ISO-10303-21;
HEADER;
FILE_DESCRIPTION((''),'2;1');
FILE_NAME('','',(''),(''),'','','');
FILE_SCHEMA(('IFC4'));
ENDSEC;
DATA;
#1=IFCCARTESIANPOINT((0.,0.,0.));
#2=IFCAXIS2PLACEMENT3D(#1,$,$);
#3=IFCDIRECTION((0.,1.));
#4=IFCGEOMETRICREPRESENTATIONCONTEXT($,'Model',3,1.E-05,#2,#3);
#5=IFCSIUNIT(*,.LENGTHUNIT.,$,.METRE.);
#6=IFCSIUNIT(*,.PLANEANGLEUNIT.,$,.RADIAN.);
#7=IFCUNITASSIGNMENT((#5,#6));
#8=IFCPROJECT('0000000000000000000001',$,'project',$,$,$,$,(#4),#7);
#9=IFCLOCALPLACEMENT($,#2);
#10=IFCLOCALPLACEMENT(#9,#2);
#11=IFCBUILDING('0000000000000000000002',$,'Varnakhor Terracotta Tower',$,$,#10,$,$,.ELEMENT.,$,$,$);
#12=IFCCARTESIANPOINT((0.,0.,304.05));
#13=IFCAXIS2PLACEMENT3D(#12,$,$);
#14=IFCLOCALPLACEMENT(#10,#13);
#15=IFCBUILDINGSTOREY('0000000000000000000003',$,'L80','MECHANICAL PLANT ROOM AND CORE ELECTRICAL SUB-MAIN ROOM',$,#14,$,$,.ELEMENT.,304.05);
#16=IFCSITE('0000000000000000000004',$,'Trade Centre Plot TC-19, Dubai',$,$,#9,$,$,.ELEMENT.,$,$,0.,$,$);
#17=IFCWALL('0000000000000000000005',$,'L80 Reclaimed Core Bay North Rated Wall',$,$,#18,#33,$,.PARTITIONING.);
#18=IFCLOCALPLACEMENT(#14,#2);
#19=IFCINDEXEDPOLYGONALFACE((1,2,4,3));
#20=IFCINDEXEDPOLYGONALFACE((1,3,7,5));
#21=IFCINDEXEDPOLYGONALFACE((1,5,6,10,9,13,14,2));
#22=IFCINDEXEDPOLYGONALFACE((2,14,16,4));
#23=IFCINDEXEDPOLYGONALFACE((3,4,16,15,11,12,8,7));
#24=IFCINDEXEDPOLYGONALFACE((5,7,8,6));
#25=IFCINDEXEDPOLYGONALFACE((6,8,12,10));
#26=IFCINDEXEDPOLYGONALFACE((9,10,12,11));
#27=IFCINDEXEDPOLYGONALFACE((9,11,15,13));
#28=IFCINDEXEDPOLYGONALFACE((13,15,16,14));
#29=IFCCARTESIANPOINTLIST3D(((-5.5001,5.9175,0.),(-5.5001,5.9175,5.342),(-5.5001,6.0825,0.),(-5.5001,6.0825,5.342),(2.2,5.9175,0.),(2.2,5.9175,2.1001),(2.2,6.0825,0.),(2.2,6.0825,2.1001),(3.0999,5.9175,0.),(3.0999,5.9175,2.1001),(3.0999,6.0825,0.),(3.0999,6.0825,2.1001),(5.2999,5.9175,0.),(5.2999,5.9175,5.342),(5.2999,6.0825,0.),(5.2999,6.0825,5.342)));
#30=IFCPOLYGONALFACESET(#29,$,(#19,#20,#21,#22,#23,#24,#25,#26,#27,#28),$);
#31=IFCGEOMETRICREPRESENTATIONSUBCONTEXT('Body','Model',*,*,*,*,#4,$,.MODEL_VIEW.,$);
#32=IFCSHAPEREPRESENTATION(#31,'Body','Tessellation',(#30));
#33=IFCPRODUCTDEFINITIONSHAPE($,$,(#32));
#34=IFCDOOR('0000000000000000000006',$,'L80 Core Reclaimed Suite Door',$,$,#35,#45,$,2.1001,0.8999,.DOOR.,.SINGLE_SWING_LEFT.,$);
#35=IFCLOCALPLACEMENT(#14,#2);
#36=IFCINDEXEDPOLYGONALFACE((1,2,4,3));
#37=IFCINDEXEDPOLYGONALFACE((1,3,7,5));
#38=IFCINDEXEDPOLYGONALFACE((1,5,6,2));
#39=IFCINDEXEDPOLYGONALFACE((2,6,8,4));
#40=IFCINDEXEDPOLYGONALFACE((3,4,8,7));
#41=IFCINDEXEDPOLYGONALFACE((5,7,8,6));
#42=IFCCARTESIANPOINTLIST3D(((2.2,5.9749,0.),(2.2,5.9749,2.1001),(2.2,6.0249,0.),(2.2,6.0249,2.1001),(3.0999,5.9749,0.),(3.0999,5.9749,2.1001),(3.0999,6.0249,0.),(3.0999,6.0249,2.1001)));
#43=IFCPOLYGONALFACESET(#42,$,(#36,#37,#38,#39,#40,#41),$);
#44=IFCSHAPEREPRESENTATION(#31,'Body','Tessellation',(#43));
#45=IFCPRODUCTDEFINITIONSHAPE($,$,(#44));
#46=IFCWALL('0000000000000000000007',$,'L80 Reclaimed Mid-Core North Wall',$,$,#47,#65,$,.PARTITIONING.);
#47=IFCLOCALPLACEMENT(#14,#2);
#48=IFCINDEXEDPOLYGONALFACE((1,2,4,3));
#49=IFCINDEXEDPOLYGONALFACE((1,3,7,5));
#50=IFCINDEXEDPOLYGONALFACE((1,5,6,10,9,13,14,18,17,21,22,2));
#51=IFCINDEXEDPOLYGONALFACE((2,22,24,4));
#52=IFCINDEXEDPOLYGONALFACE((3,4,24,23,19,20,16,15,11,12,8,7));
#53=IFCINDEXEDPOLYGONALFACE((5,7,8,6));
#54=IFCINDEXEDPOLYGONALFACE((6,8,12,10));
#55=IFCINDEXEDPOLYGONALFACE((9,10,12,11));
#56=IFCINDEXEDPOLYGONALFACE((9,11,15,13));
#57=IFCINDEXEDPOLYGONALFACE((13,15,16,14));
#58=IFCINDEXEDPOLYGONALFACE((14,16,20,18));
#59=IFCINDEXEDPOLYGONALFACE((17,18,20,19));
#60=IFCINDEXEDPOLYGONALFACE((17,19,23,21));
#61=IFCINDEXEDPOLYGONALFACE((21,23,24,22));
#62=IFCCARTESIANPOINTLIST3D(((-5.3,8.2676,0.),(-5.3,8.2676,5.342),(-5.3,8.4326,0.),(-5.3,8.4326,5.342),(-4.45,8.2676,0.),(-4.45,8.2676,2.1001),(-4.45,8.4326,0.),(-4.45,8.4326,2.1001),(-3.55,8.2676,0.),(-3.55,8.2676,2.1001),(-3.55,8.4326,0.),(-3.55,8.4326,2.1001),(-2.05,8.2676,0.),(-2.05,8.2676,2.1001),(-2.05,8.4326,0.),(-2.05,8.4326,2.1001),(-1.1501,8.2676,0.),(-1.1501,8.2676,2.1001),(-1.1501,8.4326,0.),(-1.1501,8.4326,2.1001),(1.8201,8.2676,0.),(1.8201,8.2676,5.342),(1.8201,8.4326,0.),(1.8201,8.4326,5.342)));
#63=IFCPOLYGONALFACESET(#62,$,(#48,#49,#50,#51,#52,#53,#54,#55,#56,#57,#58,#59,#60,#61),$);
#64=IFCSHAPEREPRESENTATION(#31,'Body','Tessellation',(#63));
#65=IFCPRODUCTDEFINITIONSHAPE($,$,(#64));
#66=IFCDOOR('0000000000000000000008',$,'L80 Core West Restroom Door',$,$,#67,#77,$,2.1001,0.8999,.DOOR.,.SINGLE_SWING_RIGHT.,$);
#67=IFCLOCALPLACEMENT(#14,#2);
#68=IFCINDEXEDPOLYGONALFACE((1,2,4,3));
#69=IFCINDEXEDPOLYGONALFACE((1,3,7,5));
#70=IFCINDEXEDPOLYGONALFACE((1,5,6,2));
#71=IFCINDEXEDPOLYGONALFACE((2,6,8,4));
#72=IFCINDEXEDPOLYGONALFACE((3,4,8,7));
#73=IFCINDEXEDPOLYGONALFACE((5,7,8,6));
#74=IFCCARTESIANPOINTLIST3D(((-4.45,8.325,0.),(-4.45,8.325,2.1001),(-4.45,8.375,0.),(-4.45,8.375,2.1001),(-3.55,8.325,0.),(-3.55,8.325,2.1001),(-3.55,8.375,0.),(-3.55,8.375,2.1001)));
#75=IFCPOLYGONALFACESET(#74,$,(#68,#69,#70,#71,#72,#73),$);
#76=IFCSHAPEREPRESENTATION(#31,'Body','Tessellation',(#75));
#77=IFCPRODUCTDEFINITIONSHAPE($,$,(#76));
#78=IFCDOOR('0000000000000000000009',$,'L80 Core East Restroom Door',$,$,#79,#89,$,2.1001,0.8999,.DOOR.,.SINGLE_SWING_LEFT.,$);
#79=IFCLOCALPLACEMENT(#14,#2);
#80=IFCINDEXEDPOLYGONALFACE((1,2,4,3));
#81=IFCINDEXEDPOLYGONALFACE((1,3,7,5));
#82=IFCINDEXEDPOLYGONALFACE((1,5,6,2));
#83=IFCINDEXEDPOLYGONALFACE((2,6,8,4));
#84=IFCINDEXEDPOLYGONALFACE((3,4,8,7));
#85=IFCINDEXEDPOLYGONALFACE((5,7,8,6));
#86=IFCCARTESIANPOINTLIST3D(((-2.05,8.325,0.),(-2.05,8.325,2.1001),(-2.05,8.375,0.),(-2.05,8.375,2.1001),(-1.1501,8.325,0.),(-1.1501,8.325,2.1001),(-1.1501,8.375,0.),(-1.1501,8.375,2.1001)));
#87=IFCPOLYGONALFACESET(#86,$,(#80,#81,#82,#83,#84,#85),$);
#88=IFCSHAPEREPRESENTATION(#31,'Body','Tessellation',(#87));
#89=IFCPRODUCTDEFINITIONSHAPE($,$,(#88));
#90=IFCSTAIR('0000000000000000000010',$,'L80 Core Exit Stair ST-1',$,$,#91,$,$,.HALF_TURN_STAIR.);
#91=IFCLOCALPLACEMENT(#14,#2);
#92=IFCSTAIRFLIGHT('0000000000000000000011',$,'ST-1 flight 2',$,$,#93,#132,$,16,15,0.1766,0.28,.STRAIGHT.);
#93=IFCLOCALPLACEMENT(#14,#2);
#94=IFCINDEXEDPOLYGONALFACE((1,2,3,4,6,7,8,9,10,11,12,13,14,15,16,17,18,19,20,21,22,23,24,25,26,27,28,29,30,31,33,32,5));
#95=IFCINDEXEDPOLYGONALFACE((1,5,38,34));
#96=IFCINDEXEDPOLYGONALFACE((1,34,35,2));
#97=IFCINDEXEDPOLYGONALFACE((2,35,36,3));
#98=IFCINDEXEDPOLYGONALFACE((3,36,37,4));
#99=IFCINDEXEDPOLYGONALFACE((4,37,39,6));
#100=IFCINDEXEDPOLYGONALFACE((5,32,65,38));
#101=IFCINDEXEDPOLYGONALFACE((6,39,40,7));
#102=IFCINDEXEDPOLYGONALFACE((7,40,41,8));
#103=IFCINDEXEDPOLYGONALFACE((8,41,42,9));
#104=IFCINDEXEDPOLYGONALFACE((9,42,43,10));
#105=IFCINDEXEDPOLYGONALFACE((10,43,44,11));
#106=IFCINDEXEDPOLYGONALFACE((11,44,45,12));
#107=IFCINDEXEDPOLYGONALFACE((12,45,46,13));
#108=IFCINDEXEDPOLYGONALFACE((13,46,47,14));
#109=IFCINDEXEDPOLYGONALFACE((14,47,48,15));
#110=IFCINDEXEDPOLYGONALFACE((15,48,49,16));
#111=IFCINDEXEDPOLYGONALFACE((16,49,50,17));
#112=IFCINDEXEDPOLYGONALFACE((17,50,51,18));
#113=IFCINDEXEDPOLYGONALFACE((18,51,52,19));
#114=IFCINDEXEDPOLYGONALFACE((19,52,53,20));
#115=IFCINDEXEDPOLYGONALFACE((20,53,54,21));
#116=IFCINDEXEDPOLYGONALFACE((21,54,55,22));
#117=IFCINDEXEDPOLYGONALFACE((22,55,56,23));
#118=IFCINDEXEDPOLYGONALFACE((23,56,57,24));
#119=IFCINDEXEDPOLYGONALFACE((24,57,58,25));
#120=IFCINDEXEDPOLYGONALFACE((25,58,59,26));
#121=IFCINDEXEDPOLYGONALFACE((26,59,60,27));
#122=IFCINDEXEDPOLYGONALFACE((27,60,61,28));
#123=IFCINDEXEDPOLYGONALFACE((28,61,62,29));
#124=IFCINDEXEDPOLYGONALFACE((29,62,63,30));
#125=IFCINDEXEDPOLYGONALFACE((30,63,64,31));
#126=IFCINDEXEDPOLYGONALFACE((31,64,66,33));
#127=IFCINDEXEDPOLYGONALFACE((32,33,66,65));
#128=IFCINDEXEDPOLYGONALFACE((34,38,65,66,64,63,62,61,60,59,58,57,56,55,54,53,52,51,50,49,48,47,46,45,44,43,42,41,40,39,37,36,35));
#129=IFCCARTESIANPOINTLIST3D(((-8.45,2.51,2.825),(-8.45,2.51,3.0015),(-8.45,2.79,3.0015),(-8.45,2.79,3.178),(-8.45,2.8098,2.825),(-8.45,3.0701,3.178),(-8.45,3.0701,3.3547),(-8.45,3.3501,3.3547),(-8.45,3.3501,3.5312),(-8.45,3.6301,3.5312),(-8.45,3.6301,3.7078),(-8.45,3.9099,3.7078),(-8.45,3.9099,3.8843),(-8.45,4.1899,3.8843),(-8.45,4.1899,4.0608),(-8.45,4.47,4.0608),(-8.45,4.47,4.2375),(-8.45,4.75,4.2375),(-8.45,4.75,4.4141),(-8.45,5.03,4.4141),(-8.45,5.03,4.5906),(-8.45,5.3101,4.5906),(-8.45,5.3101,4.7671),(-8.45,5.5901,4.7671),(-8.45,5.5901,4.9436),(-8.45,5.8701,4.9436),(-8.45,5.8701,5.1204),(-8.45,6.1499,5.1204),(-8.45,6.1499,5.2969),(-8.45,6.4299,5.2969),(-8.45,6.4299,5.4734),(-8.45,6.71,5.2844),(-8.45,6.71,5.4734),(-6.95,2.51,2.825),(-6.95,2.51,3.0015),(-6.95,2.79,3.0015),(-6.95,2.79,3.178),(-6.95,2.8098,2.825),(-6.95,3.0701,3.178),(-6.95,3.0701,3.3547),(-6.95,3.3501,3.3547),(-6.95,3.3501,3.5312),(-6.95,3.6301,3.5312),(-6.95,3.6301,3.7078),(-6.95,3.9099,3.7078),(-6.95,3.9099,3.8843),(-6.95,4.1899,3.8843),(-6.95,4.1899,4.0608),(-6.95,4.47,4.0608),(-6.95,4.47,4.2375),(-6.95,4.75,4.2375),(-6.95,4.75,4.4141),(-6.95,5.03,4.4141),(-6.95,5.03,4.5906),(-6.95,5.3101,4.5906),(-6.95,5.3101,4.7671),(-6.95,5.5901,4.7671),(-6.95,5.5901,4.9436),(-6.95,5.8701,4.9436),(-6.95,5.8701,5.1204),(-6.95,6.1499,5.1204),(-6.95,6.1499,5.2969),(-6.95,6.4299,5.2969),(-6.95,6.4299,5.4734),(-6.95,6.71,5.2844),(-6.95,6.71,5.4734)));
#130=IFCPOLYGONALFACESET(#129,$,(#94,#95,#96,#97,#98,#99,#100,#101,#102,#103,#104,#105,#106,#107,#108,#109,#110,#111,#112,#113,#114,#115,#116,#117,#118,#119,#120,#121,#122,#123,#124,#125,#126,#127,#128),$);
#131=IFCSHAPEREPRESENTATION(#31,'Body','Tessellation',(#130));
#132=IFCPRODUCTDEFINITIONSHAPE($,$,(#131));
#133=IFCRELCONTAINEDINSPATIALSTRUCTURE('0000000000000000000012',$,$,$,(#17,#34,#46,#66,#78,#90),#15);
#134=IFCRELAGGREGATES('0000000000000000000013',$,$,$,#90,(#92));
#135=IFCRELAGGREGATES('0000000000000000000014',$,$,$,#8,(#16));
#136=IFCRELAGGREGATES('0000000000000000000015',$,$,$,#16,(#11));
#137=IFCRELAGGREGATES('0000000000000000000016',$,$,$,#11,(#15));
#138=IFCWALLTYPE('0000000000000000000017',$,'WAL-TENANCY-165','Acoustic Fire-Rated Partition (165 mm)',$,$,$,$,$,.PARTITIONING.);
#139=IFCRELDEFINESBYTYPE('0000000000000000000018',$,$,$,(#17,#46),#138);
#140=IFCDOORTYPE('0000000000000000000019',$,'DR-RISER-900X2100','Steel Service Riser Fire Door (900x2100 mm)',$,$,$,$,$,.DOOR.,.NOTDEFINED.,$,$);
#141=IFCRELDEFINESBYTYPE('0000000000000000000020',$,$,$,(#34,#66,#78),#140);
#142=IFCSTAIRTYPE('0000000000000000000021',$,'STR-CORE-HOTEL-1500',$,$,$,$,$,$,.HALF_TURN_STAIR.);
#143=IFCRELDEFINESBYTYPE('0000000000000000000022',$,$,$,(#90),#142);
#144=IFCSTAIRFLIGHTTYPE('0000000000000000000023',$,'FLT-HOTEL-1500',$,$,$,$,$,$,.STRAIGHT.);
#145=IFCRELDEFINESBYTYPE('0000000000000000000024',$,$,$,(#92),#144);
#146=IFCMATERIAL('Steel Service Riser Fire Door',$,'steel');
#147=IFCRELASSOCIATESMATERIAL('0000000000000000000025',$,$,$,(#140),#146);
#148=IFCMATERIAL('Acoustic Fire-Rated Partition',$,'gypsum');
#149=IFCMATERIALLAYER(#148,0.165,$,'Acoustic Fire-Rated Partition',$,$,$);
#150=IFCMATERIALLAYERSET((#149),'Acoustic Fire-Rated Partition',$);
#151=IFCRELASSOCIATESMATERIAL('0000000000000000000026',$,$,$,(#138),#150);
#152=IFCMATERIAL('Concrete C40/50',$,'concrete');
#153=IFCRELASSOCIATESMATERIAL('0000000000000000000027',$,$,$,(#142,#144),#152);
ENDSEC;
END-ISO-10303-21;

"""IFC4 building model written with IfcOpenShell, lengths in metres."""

from ifc_helpers import new_model, si_unit, direction, frame, frame_2d, origin, place, context, subcontext, project, spatial, polyline, rectangle, outline, extrude, source, transform, mapped, material, layer, layer_set, type_object, type_shapes, element, fill, aggregate, save


model = new_model("IFC4")

# Units and contexts
model_context = context("Model", 3, precision=1e-05, world=origin(), true_north=direction((0.0, 1.0)))
body_context = subcontext(model_context, "Body", "Model", "MODEL_VIEW")
ifc_project = project(units=[si_unit("LENGTHUNIT", "METRE"), si_unit("PLANEANGLEUNIT", "RADIAN")], contexts=[model_context])

# Site, building, storey
site_placement = place(None, origin())
site = spatial("IfcSite", under=ifc_project, at=site_placement, Name="Trade Centre Plot TC-19, Dubai", CompositionType="ELEMENT", RefElevation=0.0)
building_placement = place(site_placement, origin())
building = spatial("IfcBuilding", under=site, at=building_placement, Name="Varnakhor Terracotta Tower", CompositionType="ELEMENT")
storey_placement = place(building_placement, frame((0.0, 0.0, 304.05)))
storey = spatial("IfcBuildingStorey", under=building, at=storey_placement, Name="L80", Description="MECHANICAL PLANT ROOM AND CORE ELECTRICAL SUB-MAIN ROOM", CompositionType="ELEMENT", Elevation=304.05)

# Shared definitions
ifc_material_1 = material(Name="Concrete C40/50", Category="concrete")

# Shared definitions
ifc_material_2 = material(Name="Acoustic Fire-Rated Partition", Category="gypsum")

# Wall, opening, door
ifc_material_3 = material(Name="Steel Service Riser Fire Door", Category="steel")
door_type_1 = type_object("IfcDoorType", Name="DR-RISER-900X2100", Description="Steel Service Riser Fire Door (900x2100 mm)", OperationType="NOTDEFINED", PredefinedType="DOOR", material=ifc_material_3)
shared_shape_1 = source(origin(), body_context, "Body", "SweptSolid", [
    extrude(rectangle(XDim=0.8999, YDim=2.1001, at=frame_2d((0.45, 1.05))), frame((0.0, 0.0249, 0.0), z_axis=(0.0, -1.0, 0.0), x_axis=(1.0, 0.0, 0.0)), (0.0, 0.0, 1.0), 0.05),
])
type_shapes(door_type_1, [shared_shape_1])
ifc_layer_1 = layer(ifc_material_2, 0.165, Name="Acoustic Fire-Rated Partition")
ifc_layer_set_1 = layer_set([ifc_layer_1], Name="Acoustic Fire-Rated Partition")
wall_type_1 = type_object("IfcWallType", Name="WAL-TENANCY-165", Description="Acoustic Fire-Rated Partition (165 mm)", PredefinedType="PARTITIONING", material=ifc_layer_set_1)
wall_1_placement = place(storey_placement, frame((-5.5, 6.0, 0.0), z_axis=(0.0, 0.0, 1.0), x_axis=(1.0, 0.0, 0.0)))
wall_1 = element("IfcWall", 1, at=wall_1_placement, inside=storey, type_object=wall_type_1, Name="L80 Reclaimed Core Bay North Rated Wall", PredefinedType="PARTITIONING", context=body_context, shape_type="SweptSolid", body=[
    extrude(rectangle(XDim=10.8, YDim=0.165, at=frame_2d((5.3999, 0.0))), origin(), (0.0, 0.0, 1.0), 5.342),
])
opening_1_placement = place(wall_1_placement, frame((7.7, 0.0, 0.0)))
opening_1 = element("IfcOpeningElement", 2, at=opening_1_placement, cuts=wall_1, PredefinedType="OPENING", context=body_context, shape_type="SweptSolid", body=[
    extrude(rectangle(XDim=0.8999, YDim=2.1001, at=frame_2d((0.45, 1.05))), frame((0.0, 0.0925, 0.0), z_axis=(0.0, -1.0, 0.0), x_axis=(1.0, 0.0, 0.0)), (0.0, 0.0, 1.0), 0.1851),
])
door_1_placement = place(opening_1_placement, origin())
door_1 = element("IfcDoor", 3, at=door_1_placement, inside=storey, type_object=door_type_1, Name="L80 Core Reclaimed Suite Door", OperationType="SINGLE_SWING_LEFT", OverallHeight=2.1001, OverallWidth=0.8999, PredefinedType="DOOR", context=body_context, shape_type="MappedRepresentation", body=[
    mapped(shared_shape_1, transform((0.0, 0.0, 0.0), scale=1.0)),
])
fill(opening_1, door_1)

# Wall, openings, doors
wall_2_placement = place(storey_placement, frame((-5.3, 8.3501, 0.0), z_axis=(0.0, 0.0, 1.0), x_axis=(1.0, 0.0, 0.0)))
wall_2 = element("IfcWall", 4, at=wall_2_placement, inside=storey, type_object=wall_type_1, Name="L80 Reclaimed Mid-Core North Wall", PredefinedType="PARTITIONING", context=body_context, shape_type="SweptSolid", body=[
    extrude(rectangle(XDim=7.1201, YDim=0.165, at=frame_2d((3.5601, 0.0))), origin(), (0.0, 0.0, 1.0), 5.342),
])
opening_2_placement = place(wall_2_placement, frame((0.8501, 0.0, 0.0)))
opening_2 = element("IfcOpeningElement", 5, at=opening_2_placement, cuts=wall_2, PredefinedType="OPENING", context=body_context, shape_type="SweptSolid", body=[
    extrude(rectangle(XDim=0.8999, YDim=2.1001, at=frame_2d((0.45, 1.05))), frame((0.0, 0.0925, 0.0), z_axis=(0.0, -1.0, 0.0), x_axis=(1.0, 0.0, 0.0)), (0.0, 0.0, 1.0), 0.1851),
])
opening_3_placement = place(wall_2_placement, frame((3.25, 0.0, 0.0)))
opening_3 = element("IfcOpeningElement", 6, at=opening_3_placement, cuts=wall_2, PredefinedType="OPENING", context=body_context, shape_type="SweptSolid", body=[
    extrude(rectangle(XDim=0.8999, YDim=2.1001, at=frame_2d((0.45, 1.05))), frame((0.0, 0.0925, 0.0), z_axis=(0.0, -1.0, 0.0), x_axis=(1.0, 0.0, 0.0)), (0.0, 0.0, 1.0), 0.1851),
])
door_2_placement = place(opening_2_placement, origin())
door_2 = element("IfcDoor", 7, at=door_2_placement, inside=storey, type_object=door_type_1, Name="L80 Core West Restroom Door", OperationType="SINGLE_SWING_RIGHT", OverallHeight=2.1001, OverallWidth=0.8999, PredefinedType="DOOR", context=body_context, shape_type="MappedRepresentation", body=[
    mapped(shared_shape_1, transform((0.0, 0.0, 0.0), scale=1.0)),
])
fill(opening_2, door_2)
door_3_placement = place(opening_3_placement, origin())
door_3 = element("IfcDoor", 8, at=door_3_placement, inside=storey, type_object=door_type_1, Name="L80 Core East Restroom Door", OperationType="SINGLE_SWING_LEFT", OverallHeight=2.1001, OverallWidth=0.8999, PredefinedType="DOOR", context=body_context, shape_type="MappedRepresentation", body=[
    mapped(shared_shape_1, transform((0.0, 0.0, 0.0), scale=1.0)),
])
fill(opening_3, door_3)

# Stair, stair flight
stair_type = type_object("IfcStairType", Name="STR-CORE-HOTEL-1500", PredefinedType="HALF_TURN_STAIR", material=ifc_material_1)
stair_placement = place(storey_placement, origin())
stair = element("IfcStair", 9, at=stair_placement, inside=storey, type_object=stair_type, Name="L80 Core Exit Stair ST-1", PredefinedType="HALF_TURN_STAIR")
stair_flight_type = type_object("IfcStairFlightType", Name="FLT-HOTEL-1500", PredefinedType="STRAIGHT", material=ifc_material_1)
stair_flight_placement = place(storey_placement, frame((-7.7, 2.51, 2.825), z_axis=(0.0, 0.0, 1.0), x_axis=(0.0, 1.0, 0.0)))
stair_flight = element("IfcStairFlight", 10, at=stair_flight_placement, type_object=stair_flight_type, Name="ST-1 flight 2", NumberOfRisers=16, NumberOfTreads=15, PredefinedType="STRAIGHT", RiserHeight=0.1766, TreadLength=0.28, context=body_context, shape_type="SweptSolid", body=[
    extrude(outline(polyline([(0.0, 0.0), (0.0, 0.1765), (0.28, 0.1765), (0.28, 0.353), (0.5601, 0.353), (0.5601, 0.5298), (0.8401, 0.5298), (0.8401, 0.7063), (1.1201, 0.7063), (1.1201, 0.8828), (1.3999, 0.8828), (1.3999, 1.0593), (1.6799, 1.0593), (1.6799, 1.2358), (1.96, 1.2358), (1.96, 1.4126), (2.24, 1.4126), (2.24, 1.5891), (2.52, 1.5891), (2.52, 1.7656), (2.8, 1.7656), (2.8, 1.9421), (3.0801, 1.9421), (3.0801, 2.1187), (3.3601, 2.1187), (3.3601, 2.2954), (3.6399, 2.2954), (3.6399, 2.4719), (3.9199, 2.4719), (3.9199, 2.6484), (4.2, 2.6484), (4.2, 2.825), (4.2, 2.4595), (0.2998, 0.0), (0.0, 0.0)])), frame((0.0, 0.75, 0.0), z_axis=(0.0, -1.0, 0.0), x_axis=(1.0, 0.0, 0.0)), (0.0, 0.0, 1.0), 1.5),
])
aggregate(stair, [stair_flight])

save(model, "model.ifc")
